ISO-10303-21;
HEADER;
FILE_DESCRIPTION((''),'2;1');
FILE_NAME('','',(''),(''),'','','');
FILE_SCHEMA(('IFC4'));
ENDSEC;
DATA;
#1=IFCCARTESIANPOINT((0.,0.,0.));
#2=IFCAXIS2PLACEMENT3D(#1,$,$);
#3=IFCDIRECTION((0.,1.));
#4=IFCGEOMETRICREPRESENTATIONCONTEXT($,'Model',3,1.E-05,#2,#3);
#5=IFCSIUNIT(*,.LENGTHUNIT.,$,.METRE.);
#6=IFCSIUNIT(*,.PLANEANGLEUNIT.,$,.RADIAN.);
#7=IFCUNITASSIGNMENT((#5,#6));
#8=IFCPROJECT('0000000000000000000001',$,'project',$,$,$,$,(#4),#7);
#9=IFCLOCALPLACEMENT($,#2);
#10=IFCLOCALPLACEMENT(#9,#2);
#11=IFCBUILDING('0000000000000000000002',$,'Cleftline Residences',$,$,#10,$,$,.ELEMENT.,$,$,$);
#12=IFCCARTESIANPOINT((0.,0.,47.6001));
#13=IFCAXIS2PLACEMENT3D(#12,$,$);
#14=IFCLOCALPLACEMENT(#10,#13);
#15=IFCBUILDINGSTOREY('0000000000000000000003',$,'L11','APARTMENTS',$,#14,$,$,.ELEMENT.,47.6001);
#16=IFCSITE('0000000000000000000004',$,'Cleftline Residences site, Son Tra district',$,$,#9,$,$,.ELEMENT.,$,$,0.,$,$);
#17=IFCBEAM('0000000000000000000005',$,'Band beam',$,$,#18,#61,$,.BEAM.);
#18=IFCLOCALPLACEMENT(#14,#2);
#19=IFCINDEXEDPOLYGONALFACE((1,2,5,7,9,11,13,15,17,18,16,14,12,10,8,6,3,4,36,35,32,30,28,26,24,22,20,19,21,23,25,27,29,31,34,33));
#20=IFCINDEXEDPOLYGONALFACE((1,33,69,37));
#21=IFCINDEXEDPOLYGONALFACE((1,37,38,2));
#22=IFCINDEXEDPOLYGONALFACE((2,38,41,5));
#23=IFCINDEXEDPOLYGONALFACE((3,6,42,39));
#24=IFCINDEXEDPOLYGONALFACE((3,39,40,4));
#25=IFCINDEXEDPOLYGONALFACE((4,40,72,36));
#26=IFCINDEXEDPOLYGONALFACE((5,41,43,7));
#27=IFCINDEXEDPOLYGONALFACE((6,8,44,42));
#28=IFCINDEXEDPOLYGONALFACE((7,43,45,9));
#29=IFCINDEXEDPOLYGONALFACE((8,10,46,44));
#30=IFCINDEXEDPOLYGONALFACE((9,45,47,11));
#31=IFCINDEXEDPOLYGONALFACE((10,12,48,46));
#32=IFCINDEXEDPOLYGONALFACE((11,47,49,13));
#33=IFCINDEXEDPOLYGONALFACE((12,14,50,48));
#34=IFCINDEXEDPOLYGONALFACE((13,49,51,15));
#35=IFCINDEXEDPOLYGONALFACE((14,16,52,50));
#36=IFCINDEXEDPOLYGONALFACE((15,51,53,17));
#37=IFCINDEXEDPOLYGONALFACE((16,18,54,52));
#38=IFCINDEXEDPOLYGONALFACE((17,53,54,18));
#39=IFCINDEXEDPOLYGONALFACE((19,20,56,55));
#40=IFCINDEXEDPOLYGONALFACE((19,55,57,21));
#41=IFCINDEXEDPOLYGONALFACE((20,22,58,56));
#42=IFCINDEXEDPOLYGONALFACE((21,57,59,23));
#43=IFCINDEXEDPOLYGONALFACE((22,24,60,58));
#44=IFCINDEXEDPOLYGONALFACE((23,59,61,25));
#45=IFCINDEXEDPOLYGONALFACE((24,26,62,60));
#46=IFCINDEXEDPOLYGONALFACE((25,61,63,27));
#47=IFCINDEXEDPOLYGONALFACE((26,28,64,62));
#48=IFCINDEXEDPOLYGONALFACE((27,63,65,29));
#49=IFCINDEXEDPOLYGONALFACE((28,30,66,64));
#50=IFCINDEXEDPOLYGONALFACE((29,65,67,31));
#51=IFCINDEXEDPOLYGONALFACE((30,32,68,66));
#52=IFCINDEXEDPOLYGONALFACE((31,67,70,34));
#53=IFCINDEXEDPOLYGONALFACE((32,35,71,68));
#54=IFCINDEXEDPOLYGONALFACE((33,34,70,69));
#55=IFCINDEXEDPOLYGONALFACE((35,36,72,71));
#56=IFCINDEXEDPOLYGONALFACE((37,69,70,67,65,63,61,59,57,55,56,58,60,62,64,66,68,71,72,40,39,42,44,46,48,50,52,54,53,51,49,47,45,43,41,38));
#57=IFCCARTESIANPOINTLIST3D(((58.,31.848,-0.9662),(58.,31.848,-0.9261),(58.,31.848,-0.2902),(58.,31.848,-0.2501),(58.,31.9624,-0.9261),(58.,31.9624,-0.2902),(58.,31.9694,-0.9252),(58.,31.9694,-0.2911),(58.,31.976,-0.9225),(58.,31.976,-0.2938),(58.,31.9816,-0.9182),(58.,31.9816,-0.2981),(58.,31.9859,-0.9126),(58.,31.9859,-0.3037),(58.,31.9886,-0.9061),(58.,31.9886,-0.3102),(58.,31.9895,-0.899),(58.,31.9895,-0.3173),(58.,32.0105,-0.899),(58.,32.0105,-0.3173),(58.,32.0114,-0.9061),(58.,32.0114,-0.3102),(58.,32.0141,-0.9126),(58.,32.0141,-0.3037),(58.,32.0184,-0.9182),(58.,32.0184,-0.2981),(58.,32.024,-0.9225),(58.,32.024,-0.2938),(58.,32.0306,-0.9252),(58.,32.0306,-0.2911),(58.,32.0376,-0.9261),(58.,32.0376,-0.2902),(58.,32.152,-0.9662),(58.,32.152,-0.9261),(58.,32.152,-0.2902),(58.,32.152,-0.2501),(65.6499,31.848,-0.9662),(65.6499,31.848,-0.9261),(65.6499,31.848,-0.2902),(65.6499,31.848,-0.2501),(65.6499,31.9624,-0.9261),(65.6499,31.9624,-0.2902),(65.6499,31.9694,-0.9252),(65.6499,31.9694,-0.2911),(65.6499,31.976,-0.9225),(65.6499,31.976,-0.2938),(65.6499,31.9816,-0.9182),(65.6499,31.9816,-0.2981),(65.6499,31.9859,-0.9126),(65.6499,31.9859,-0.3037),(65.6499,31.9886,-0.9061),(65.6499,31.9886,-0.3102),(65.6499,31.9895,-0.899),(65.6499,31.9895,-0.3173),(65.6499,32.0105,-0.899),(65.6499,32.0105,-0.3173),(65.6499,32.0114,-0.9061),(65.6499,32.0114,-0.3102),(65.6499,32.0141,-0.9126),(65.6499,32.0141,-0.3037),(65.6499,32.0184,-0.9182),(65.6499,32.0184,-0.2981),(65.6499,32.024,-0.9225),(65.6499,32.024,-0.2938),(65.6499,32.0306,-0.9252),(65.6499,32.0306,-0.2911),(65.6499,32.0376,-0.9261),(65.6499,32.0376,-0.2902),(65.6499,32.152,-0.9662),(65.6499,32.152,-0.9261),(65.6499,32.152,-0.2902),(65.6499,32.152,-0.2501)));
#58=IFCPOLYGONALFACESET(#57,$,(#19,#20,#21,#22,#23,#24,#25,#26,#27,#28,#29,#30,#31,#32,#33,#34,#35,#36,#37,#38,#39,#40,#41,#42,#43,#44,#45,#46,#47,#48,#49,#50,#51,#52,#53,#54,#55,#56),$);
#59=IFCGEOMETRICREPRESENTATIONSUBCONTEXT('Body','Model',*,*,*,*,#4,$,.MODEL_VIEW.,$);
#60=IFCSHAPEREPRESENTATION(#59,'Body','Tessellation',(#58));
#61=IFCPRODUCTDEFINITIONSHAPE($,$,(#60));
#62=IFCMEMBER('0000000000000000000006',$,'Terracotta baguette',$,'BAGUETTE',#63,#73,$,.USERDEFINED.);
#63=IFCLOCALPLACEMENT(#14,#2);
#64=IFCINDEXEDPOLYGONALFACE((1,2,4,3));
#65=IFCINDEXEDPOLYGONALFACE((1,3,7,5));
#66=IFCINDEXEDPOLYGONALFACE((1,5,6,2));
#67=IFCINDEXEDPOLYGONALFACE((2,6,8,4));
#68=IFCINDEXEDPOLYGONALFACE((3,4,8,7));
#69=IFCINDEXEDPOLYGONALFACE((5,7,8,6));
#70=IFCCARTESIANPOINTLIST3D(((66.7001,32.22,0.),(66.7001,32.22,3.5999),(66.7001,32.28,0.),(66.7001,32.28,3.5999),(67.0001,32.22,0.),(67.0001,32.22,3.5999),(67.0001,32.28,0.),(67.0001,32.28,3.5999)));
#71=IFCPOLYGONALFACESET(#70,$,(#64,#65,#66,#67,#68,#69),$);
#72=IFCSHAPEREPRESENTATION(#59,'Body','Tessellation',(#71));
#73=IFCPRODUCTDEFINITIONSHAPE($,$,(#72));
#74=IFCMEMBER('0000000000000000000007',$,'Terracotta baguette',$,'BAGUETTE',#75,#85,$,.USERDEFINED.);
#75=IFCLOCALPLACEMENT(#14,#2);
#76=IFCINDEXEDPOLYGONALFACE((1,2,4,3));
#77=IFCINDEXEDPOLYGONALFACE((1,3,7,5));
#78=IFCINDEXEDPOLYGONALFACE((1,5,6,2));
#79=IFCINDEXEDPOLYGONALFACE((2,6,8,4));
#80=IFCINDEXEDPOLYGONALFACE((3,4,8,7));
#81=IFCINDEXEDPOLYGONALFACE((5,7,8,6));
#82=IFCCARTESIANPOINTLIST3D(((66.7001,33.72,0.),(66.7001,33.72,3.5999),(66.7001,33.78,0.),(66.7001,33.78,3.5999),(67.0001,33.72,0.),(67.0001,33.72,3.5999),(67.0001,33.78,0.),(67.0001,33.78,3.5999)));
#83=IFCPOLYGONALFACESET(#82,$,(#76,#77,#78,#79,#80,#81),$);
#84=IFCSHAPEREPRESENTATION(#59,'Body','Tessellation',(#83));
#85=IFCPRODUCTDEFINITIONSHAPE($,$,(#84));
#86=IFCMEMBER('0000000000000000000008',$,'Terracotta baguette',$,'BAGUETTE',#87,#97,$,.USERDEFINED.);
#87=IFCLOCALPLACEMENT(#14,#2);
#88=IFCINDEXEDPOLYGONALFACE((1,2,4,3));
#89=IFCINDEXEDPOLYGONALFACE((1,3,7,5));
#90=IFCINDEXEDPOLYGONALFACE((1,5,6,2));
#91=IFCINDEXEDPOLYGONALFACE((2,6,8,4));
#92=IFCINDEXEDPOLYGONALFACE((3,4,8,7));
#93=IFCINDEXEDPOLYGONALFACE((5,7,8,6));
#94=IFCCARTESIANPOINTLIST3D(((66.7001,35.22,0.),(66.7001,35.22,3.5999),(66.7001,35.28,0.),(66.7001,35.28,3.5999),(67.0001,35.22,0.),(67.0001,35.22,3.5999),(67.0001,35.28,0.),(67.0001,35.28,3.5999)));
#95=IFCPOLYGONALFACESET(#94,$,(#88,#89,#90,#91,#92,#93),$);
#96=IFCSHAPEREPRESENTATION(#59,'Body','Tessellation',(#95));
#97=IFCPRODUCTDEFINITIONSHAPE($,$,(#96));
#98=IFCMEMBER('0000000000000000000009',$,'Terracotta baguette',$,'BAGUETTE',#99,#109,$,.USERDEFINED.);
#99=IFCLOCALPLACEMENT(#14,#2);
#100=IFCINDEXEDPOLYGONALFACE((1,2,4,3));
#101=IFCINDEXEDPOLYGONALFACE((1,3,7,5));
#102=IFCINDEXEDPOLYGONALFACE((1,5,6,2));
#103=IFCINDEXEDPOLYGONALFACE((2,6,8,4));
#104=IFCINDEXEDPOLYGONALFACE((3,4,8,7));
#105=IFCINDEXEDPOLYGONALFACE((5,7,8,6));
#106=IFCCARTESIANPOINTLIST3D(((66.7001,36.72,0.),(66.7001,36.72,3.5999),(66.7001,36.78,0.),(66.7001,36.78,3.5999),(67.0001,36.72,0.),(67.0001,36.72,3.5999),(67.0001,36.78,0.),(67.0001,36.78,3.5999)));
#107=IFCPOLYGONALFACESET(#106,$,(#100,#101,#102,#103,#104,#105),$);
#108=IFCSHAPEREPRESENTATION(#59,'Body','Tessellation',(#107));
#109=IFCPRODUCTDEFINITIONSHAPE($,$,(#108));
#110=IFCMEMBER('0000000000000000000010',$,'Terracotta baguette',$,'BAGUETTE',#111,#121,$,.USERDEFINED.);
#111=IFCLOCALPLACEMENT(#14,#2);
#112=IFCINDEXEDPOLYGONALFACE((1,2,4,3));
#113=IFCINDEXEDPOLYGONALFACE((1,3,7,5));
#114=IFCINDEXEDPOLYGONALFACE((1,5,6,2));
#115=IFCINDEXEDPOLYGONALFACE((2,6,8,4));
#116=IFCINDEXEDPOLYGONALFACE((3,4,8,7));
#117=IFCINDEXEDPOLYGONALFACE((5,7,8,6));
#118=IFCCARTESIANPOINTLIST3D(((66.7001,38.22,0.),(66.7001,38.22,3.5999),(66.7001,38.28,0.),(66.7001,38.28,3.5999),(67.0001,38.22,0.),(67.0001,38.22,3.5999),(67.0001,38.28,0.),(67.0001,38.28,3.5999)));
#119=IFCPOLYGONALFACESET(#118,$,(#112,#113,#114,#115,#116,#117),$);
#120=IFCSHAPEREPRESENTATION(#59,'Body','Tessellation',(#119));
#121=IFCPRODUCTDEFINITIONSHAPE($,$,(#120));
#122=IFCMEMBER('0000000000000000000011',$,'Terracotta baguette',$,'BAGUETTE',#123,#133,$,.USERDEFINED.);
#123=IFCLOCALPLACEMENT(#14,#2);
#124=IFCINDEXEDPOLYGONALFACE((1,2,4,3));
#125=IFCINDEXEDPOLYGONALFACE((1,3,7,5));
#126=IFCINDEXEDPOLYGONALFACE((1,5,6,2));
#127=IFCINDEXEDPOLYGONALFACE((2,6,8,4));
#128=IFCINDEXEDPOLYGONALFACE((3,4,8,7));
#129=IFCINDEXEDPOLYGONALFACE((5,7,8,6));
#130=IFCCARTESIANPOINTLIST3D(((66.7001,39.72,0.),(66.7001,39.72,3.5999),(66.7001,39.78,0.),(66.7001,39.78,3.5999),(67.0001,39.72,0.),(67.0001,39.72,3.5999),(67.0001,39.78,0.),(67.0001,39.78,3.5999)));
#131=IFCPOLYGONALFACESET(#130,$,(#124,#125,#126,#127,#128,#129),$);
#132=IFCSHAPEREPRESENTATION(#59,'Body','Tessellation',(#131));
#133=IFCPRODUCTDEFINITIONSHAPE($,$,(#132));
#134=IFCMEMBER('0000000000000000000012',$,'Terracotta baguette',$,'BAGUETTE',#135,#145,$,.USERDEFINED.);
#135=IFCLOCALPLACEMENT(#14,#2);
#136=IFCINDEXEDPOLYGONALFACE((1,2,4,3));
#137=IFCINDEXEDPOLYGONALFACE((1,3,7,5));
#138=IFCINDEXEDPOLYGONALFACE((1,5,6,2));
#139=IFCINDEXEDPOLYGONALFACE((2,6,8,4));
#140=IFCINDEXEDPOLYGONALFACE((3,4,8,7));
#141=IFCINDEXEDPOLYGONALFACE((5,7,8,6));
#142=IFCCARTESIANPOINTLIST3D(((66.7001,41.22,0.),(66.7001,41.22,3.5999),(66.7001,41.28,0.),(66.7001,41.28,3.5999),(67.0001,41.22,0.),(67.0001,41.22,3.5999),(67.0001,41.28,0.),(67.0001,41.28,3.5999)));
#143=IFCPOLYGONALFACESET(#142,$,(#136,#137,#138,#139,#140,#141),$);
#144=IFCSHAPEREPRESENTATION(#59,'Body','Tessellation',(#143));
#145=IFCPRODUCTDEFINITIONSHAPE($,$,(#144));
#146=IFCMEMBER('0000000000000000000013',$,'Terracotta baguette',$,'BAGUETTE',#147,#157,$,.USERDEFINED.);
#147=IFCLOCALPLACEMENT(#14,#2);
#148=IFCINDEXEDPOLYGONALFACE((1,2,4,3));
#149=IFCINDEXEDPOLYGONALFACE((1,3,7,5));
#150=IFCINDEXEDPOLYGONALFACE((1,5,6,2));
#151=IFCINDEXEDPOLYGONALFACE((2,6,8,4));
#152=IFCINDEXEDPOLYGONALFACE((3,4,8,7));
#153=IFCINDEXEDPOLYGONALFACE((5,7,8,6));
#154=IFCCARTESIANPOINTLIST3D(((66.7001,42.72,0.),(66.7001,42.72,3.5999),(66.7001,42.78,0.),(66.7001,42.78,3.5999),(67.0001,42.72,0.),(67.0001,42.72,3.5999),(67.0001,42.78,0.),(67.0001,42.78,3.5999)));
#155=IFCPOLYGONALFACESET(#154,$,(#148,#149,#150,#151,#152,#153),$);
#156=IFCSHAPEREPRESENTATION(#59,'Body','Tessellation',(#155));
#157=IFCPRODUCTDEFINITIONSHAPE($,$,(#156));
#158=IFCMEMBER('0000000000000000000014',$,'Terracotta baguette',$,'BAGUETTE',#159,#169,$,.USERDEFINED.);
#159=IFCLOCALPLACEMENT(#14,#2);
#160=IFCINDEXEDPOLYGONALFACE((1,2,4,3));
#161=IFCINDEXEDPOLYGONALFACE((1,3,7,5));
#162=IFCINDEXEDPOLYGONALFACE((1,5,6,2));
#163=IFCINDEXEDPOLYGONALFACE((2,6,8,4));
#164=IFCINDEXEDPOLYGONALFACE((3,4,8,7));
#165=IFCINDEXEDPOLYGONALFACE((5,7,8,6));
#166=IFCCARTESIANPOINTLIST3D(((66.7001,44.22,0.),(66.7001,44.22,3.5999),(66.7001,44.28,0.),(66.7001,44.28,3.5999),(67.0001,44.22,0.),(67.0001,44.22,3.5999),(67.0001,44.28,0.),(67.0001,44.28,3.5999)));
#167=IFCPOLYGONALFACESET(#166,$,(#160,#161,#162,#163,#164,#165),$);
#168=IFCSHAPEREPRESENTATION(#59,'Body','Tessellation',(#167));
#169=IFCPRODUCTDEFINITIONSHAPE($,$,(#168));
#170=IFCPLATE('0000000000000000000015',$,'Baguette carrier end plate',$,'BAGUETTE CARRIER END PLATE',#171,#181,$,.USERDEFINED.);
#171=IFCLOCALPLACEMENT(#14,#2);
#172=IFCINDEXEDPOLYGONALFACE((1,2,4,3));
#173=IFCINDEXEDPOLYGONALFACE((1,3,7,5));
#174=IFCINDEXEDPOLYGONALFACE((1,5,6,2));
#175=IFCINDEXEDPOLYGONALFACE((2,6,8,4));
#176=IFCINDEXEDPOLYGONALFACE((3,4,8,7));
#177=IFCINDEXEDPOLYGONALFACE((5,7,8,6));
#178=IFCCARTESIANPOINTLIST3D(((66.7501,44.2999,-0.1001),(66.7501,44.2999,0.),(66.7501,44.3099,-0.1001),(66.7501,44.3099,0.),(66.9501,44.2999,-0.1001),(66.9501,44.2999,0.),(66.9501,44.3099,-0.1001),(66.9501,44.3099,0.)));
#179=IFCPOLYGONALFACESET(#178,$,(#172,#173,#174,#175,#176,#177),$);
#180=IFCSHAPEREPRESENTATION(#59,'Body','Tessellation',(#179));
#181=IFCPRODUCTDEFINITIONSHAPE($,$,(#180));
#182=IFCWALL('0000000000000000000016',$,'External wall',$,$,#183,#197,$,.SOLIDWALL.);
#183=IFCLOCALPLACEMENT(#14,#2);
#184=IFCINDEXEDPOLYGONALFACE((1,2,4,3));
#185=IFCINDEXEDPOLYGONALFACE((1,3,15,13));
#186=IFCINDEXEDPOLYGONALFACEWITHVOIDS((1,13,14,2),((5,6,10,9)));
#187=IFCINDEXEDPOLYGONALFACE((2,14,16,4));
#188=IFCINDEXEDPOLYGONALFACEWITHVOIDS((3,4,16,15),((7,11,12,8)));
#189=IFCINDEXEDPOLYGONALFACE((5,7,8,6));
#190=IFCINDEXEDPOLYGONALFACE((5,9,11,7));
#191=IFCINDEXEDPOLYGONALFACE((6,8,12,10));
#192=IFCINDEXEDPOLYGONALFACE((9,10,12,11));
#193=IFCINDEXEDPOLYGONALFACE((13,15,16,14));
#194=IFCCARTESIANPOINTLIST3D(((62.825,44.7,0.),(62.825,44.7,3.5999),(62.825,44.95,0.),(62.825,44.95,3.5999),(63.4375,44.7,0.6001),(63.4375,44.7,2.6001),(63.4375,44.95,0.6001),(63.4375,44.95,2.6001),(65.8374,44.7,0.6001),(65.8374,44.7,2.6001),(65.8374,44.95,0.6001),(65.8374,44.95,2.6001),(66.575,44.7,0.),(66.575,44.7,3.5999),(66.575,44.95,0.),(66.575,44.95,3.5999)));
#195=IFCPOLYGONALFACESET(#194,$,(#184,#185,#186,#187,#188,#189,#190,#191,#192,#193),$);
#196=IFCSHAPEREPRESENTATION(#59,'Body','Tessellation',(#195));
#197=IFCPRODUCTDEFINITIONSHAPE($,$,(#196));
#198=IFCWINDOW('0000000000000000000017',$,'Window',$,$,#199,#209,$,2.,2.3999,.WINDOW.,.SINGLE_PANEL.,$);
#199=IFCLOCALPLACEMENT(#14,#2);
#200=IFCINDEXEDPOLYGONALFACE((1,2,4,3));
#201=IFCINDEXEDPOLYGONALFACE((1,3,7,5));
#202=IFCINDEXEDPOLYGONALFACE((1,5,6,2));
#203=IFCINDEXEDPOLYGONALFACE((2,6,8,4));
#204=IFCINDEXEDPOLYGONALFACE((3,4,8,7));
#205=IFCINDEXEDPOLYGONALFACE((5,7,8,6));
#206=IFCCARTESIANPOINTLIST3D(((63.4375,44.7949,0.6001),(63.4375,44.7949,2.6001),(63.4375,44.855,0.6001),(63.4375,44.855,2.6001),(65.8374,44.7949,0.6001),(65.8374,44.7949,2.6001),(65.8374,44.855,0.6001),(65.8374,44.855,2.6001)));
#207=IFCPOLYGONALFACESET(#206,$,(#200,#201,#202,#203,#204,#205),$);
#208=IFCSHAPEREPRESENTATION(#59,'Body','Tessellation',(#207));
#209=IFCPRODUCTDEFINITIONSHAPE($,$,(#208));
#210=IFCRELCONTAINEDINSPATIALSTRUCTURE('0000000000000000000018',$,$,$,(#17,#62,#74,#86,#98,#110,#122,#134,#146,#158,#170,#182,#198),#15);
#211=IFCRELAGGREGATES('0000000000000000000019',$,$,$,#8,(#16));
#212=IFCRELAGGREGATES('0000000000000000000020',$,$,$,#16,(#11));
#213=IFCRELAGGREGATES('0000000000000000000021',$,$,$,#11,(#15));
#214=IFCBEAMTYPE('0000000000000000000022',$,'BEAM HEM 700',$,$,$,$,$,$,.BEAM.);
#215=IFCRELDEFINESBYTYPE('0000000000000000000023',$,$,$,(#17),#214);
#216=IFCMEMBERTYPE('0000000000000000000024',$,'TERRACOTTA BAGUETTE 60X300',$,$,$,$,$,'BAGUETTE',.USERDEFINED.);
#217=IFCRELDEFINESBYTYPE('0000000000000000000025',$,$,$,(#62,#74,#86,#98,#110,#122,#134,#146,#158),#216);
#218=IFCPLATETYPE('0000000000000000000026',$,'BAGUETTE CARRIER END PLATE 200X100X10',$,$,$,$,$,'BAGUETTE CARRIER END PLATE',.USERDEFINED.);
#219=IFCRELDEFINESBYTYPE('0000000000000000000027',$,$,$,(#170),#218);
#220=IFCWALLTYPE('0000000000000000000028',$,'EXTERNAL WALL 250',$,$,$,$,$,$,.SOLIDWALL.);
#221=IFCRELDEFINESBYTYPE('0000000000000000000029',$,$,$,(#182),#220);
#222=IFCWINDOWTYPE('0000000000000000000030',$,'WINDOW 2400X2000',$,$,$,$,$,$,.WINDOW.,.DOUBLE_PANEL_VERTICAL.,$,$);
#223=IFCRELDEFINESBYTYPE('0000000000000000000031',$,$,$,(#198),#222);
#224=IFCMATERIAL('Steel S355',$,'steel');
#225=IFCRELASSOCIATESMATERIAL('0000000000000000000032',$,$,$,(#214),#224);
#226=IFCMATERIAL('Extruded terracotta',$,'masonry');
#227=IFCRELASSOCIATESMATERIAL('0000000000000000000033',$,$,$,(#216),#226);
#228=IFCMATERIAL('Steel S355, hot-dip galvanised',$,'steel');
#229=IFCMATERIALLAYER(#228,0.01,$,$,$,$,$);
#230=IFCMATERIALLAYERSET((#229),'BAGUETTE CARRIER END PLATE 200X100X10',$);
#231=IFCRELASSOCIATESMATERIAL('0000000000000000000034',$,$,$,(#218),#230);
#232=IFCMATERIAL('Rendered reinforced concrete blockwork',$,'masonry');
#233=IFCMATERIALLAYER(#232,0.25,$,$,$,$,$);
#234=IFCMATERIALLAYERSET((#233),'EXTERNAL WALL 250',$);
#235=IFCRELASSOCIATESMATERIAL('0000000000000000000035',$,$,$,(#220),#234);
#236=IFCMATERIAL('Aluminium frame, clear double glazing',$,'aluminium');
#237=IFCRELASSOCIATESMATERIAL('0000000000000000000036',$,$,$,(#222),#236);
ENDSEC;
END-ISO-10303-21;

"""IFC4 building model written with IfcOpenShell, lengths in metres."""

from ifc_helpers import new_model, si_unit, direction, frame, frame_2d, origin, origin_2d, place, context, subcontext, project, spatial, rectangle, i_section, extrude, material, layer, layer_set, material_profile, profile_set, type_object, element, fill, save


model = new_model("IFC4")

# Units and contexts
model_context = context("Model", 3, precision=1e-05, world=origin(), true_north=direction((0.0, 1.0)))
body_context = subcontext(model_context, "Body", "Model", "MODEL_VIEW")
ifc_project = project(units=[si_unit("LENGTHUNIT", "METRE"), si_unit("PLANEANGLEUNIT", "RADIAN")], contexts=[model_context])

# Site, building, storey
site_placement = place(None, origin())
site = spatial("IfcSite", under=ifc_project, at=site_placement, Name="Cleftline Residences site, Son Tra district", CompositionType="ELEMENT", RefElevation=0.0)
building_placement = place(site_placement, origin())
building = spatial("IfcBuilding", under=site, at=building_placement, Name="Cleftline Residences", CompositionType="ELEMENT")
storey_placement = place(building_placement, frame((0.0, 0.0, 47.6001)))
storey = spatial("IfcBuildingStorey", under=building, at=storey_placement, Name="L11", Description="APARTMENTS", CompositionType="ELEMENT", Elevation=47.6001)

# Beam
ifc_material_1 = material(Name="Steel S355", Category="steel")
ifc_material_profile_1 = material_profile(ifc_material_1, i_section(OverallWidth=0.304, OverallDepth=0.7161, WebThickness=0.021, FlangeThickness=0.04, FilletRadius=0.0271, at=origin_2d()))
ifc_profile_set_1 = profile_set([ifc_material_profile_1], Name="Steel S355")
beam_type_1 = type_object("IfcBeamType", Name="BEAM HEM 700", PredefinedType="BEAM", material=ifc_profile_set_1)
beam_placement = place(storey_placement, frame((65.6499, 32.0, -0.6082), z_axis=(-1.0, 0.0, 0.0), x_axis=(0.0, -1.0, 0.0)))
element("IfcBeam", 1, at=beam_placement, inside=storey, type_object=beam_type_1, Name="Band beam", PredefinedType="BEAM", context=body_context, shape_type="SweptSolid", body=[
    extrude(i_section(OverallWidth=0.304, OverallDepth=0.7161, WebThickness=0.021, FlangeThickness=0.04, FilletRadius=0.0271, at=origin_2d()), origin(), (0.0, 0.0, 1.0), 7.6499),
])

# Members
ifc_material_2 = material(Name="Extruded terracotta", Category="masonry")
ifc_material_profile_2 = material_profile(ifc_material_2, rectangle(XDim=0.0601, YDim=0.3, at=origin_2d()))
ifc_profile_set_2 = profile_set([ifc_material_profile_2], Name="Extruded terracotta")
member_type_1 = type_object("IfcMemberType", Name="TERRACOTTA BAGUETTE 60X300", ElementType="BAGUETTE", PredefinedType="USERDEFINED", material=ifc_profile_set_2)
for number, where, z_axis, x_axis, name in (
    (2, (66.8501, 32.25, 0.0), (0.0, 0.0, 1.0), (0.0, 1.0, 0.0), "Terracotta baguette"),
    (3, (66.8501, 33.75, 0.0), (0.0, 0.0, 1.0), (0.0, 1.0, 0.0), "Terracotta baguette"),
    (4, (66.8501, 35.25, 0.0), (0.0, 0.0, 1.0), (0.0, 1.0, 0.0), "Terracotta baguette"),
    (5, (66.8501, 36.75, 0.0), (0.0, 0.0, 1.0), (0.0, 1.0, 0.0), "Terracotta baguette"),
    (6, (66.8501, 38.25, 0.0), (0.0, 0.0, 1.0), (0.0, 1.0, 0.0), "Terracotta baguette"),
    (7, (66.8501, 39.75, 0.0), (0.0, 0.0, 1.0), (0.0, 1.0, 0.0), "Terracotta baguette"),
    (8, (66.8501, 41.25, 0.0), (0.0, 0.0, 1.0), (0.0, 1.0, 0.0), "Terracotta baguette"),
    (9, (66.8501, 42.75, 0.0), (0.0, 0.0, 1.0), (0.0, 1.0, 0.0), "Terracotta baguette"),
    (10, (66.8501, 44.25, 0.0), (0.0, 0.0, 1.0), (0.0, 1.0, 0.0), "Terracotta baguette"),
):
    element("IfcMember", number, at=place(storey_placement, frame(where, z_axis=z_axis, x_axis=x_axis)), inside=storey, type_object=member_type_1, Name=name, ObjectType="BAGUETTE", PredefinedType="USERDEFINED", context=body_context, shape_type="SweptSolid", body=[
        extrude(rectangle(XDim=0.0601, YDim=0.3, at=origin_2d()), origin(), (0.0, 0.0, 1.0), 3.5999),
    ])

# Plate
ifc_material_3 = material(Name="Steel S355, hot-dip galvanised", Category="steel")
ifc_layer_1 = layer(ifc_material_3, 0.01)
ifc_layer_set_1 = layer_set([ifc_layer_1], Name="BAGUETTE CARRIER END PLATE 200X100X10")
plate_type = type_object("IfcPlateType", Name="BAGUETTE CARRIER END PLATE 200X100X10", ElementType="BAGUETTE CARRIER END PLATE", PredefinedType="USERDEFINED", material=ifc_layer_set_1)
plate_placement = place(storey_placement, frame((66.8501, 44.3049, -0.1001), z_axis=(0.0, 0.0, 1.0), x_axis=(1.0, 0.0, 0.0)))
element("IfcPlate", 11, at=plate_placement, inside=storey, type_object=plate_type, Name="Baguette carrier end plate", ObjectType="BAGUETTE CARRIER END PLATE", PredefinedType="USERDEFINED", context=body_context, shape_type="SweptSolid", body=[
    extrude(rectangle(XDim=0.2, YDim=0.01, at=origin_2d()), origin(), (0.0, 0.0, 1.0), 0.1001),
])

# Wall, opening, window
ifc_material_4 = material(Name="Rendered reinforced concrete blockwork", Category="masonry")
ifc_layer_2 = layer(ifc_material_4, 0.25)
ifc_layer_set_2 = layer_set([ifc_layer_2], Name="EXTERNAL WALL 250")
wall_type_1 = type_object("IfcWallType", Name="EXTERNAL WALL 250", PredefinedType="SOLIDWALL", material=ifc_layer_set_2)
wall_1_placement = place(storey_placement, frame((66.575, 44.825, 0.0), z_axis=(0.0, 0.0, 1.0), x_axis=(-1.0, 0.0, 0.0)))
wall_1 = element("IfcWall", 12, at=wall_1_placement, inside=storey, type_object=wall_type_1, Name="External wall", PredefinedType="SOLIDWALL", context=body_context, shape_type="SweptSolid", body=[
    extrude(rectangle(XDim=3.75, YDim=0.25, at=frame_2d((1.875, 0.0))), origin(), (0.0, 0.0, 1.0), 3.5999),
])
opening_1_placement = place(wall_1_placement, frame((0.7375, 0.0, 0.6001)))
opening_1 = element("IfcOpeningElement", 13, at=opening_1_placement, cuts=wall_1, PredefinedType="OPENING", context=body_context, shape_type="SweptSolid", body=[
    extrude(rectangle(XDim=2.3999, YDim=2.0, at=frame_2d((1.2, 1.0))), frame((0.0, 0.135, 0.0), z_axis=(0.0, -1.0, 0.0), x_axis=(1.0, 0.0, 0.0)), (0.0, 0.0, 1.0), 0.27),
])
ifc_material_5 = material(Name="Aluminium frame, clear double glazing", Category="aluminium")
window_type_1 = type_object("IfcWindowType", Name="WINDOW 2400X2000", PartitioningType="DOUBLE_PANEL_VERTICAL", PredefinedType="WINDOW", material=ifc_material_5)
window_1_placement = place(opening_1_placement, origin())
window_1 = element("IfcWindow", 14, at=window_1_placement, inside=storey, type_object=window_type_1, Name="Window", OverallHeight=2.0, OverallWidth=2.3999, PartitioningType="SINGLE_PANEL", PredefinedType="WINDOW", context=body_context, shape_type="SweptSolid", body=[
    extrude(rectangle(XDim=2.3999, YDim=2.0, at=frame_2d((1.2, 1.0))), frame((0.0, 0.03, 0.0), z_axis=(0.0, -1.0, 0.0), x_axis=(1.0, 0.0, 0.0)), (0.0, 0.0, 1.0), 0.0601),
])
fill(opening_1, window_1)

save(model, "model.ifc")
